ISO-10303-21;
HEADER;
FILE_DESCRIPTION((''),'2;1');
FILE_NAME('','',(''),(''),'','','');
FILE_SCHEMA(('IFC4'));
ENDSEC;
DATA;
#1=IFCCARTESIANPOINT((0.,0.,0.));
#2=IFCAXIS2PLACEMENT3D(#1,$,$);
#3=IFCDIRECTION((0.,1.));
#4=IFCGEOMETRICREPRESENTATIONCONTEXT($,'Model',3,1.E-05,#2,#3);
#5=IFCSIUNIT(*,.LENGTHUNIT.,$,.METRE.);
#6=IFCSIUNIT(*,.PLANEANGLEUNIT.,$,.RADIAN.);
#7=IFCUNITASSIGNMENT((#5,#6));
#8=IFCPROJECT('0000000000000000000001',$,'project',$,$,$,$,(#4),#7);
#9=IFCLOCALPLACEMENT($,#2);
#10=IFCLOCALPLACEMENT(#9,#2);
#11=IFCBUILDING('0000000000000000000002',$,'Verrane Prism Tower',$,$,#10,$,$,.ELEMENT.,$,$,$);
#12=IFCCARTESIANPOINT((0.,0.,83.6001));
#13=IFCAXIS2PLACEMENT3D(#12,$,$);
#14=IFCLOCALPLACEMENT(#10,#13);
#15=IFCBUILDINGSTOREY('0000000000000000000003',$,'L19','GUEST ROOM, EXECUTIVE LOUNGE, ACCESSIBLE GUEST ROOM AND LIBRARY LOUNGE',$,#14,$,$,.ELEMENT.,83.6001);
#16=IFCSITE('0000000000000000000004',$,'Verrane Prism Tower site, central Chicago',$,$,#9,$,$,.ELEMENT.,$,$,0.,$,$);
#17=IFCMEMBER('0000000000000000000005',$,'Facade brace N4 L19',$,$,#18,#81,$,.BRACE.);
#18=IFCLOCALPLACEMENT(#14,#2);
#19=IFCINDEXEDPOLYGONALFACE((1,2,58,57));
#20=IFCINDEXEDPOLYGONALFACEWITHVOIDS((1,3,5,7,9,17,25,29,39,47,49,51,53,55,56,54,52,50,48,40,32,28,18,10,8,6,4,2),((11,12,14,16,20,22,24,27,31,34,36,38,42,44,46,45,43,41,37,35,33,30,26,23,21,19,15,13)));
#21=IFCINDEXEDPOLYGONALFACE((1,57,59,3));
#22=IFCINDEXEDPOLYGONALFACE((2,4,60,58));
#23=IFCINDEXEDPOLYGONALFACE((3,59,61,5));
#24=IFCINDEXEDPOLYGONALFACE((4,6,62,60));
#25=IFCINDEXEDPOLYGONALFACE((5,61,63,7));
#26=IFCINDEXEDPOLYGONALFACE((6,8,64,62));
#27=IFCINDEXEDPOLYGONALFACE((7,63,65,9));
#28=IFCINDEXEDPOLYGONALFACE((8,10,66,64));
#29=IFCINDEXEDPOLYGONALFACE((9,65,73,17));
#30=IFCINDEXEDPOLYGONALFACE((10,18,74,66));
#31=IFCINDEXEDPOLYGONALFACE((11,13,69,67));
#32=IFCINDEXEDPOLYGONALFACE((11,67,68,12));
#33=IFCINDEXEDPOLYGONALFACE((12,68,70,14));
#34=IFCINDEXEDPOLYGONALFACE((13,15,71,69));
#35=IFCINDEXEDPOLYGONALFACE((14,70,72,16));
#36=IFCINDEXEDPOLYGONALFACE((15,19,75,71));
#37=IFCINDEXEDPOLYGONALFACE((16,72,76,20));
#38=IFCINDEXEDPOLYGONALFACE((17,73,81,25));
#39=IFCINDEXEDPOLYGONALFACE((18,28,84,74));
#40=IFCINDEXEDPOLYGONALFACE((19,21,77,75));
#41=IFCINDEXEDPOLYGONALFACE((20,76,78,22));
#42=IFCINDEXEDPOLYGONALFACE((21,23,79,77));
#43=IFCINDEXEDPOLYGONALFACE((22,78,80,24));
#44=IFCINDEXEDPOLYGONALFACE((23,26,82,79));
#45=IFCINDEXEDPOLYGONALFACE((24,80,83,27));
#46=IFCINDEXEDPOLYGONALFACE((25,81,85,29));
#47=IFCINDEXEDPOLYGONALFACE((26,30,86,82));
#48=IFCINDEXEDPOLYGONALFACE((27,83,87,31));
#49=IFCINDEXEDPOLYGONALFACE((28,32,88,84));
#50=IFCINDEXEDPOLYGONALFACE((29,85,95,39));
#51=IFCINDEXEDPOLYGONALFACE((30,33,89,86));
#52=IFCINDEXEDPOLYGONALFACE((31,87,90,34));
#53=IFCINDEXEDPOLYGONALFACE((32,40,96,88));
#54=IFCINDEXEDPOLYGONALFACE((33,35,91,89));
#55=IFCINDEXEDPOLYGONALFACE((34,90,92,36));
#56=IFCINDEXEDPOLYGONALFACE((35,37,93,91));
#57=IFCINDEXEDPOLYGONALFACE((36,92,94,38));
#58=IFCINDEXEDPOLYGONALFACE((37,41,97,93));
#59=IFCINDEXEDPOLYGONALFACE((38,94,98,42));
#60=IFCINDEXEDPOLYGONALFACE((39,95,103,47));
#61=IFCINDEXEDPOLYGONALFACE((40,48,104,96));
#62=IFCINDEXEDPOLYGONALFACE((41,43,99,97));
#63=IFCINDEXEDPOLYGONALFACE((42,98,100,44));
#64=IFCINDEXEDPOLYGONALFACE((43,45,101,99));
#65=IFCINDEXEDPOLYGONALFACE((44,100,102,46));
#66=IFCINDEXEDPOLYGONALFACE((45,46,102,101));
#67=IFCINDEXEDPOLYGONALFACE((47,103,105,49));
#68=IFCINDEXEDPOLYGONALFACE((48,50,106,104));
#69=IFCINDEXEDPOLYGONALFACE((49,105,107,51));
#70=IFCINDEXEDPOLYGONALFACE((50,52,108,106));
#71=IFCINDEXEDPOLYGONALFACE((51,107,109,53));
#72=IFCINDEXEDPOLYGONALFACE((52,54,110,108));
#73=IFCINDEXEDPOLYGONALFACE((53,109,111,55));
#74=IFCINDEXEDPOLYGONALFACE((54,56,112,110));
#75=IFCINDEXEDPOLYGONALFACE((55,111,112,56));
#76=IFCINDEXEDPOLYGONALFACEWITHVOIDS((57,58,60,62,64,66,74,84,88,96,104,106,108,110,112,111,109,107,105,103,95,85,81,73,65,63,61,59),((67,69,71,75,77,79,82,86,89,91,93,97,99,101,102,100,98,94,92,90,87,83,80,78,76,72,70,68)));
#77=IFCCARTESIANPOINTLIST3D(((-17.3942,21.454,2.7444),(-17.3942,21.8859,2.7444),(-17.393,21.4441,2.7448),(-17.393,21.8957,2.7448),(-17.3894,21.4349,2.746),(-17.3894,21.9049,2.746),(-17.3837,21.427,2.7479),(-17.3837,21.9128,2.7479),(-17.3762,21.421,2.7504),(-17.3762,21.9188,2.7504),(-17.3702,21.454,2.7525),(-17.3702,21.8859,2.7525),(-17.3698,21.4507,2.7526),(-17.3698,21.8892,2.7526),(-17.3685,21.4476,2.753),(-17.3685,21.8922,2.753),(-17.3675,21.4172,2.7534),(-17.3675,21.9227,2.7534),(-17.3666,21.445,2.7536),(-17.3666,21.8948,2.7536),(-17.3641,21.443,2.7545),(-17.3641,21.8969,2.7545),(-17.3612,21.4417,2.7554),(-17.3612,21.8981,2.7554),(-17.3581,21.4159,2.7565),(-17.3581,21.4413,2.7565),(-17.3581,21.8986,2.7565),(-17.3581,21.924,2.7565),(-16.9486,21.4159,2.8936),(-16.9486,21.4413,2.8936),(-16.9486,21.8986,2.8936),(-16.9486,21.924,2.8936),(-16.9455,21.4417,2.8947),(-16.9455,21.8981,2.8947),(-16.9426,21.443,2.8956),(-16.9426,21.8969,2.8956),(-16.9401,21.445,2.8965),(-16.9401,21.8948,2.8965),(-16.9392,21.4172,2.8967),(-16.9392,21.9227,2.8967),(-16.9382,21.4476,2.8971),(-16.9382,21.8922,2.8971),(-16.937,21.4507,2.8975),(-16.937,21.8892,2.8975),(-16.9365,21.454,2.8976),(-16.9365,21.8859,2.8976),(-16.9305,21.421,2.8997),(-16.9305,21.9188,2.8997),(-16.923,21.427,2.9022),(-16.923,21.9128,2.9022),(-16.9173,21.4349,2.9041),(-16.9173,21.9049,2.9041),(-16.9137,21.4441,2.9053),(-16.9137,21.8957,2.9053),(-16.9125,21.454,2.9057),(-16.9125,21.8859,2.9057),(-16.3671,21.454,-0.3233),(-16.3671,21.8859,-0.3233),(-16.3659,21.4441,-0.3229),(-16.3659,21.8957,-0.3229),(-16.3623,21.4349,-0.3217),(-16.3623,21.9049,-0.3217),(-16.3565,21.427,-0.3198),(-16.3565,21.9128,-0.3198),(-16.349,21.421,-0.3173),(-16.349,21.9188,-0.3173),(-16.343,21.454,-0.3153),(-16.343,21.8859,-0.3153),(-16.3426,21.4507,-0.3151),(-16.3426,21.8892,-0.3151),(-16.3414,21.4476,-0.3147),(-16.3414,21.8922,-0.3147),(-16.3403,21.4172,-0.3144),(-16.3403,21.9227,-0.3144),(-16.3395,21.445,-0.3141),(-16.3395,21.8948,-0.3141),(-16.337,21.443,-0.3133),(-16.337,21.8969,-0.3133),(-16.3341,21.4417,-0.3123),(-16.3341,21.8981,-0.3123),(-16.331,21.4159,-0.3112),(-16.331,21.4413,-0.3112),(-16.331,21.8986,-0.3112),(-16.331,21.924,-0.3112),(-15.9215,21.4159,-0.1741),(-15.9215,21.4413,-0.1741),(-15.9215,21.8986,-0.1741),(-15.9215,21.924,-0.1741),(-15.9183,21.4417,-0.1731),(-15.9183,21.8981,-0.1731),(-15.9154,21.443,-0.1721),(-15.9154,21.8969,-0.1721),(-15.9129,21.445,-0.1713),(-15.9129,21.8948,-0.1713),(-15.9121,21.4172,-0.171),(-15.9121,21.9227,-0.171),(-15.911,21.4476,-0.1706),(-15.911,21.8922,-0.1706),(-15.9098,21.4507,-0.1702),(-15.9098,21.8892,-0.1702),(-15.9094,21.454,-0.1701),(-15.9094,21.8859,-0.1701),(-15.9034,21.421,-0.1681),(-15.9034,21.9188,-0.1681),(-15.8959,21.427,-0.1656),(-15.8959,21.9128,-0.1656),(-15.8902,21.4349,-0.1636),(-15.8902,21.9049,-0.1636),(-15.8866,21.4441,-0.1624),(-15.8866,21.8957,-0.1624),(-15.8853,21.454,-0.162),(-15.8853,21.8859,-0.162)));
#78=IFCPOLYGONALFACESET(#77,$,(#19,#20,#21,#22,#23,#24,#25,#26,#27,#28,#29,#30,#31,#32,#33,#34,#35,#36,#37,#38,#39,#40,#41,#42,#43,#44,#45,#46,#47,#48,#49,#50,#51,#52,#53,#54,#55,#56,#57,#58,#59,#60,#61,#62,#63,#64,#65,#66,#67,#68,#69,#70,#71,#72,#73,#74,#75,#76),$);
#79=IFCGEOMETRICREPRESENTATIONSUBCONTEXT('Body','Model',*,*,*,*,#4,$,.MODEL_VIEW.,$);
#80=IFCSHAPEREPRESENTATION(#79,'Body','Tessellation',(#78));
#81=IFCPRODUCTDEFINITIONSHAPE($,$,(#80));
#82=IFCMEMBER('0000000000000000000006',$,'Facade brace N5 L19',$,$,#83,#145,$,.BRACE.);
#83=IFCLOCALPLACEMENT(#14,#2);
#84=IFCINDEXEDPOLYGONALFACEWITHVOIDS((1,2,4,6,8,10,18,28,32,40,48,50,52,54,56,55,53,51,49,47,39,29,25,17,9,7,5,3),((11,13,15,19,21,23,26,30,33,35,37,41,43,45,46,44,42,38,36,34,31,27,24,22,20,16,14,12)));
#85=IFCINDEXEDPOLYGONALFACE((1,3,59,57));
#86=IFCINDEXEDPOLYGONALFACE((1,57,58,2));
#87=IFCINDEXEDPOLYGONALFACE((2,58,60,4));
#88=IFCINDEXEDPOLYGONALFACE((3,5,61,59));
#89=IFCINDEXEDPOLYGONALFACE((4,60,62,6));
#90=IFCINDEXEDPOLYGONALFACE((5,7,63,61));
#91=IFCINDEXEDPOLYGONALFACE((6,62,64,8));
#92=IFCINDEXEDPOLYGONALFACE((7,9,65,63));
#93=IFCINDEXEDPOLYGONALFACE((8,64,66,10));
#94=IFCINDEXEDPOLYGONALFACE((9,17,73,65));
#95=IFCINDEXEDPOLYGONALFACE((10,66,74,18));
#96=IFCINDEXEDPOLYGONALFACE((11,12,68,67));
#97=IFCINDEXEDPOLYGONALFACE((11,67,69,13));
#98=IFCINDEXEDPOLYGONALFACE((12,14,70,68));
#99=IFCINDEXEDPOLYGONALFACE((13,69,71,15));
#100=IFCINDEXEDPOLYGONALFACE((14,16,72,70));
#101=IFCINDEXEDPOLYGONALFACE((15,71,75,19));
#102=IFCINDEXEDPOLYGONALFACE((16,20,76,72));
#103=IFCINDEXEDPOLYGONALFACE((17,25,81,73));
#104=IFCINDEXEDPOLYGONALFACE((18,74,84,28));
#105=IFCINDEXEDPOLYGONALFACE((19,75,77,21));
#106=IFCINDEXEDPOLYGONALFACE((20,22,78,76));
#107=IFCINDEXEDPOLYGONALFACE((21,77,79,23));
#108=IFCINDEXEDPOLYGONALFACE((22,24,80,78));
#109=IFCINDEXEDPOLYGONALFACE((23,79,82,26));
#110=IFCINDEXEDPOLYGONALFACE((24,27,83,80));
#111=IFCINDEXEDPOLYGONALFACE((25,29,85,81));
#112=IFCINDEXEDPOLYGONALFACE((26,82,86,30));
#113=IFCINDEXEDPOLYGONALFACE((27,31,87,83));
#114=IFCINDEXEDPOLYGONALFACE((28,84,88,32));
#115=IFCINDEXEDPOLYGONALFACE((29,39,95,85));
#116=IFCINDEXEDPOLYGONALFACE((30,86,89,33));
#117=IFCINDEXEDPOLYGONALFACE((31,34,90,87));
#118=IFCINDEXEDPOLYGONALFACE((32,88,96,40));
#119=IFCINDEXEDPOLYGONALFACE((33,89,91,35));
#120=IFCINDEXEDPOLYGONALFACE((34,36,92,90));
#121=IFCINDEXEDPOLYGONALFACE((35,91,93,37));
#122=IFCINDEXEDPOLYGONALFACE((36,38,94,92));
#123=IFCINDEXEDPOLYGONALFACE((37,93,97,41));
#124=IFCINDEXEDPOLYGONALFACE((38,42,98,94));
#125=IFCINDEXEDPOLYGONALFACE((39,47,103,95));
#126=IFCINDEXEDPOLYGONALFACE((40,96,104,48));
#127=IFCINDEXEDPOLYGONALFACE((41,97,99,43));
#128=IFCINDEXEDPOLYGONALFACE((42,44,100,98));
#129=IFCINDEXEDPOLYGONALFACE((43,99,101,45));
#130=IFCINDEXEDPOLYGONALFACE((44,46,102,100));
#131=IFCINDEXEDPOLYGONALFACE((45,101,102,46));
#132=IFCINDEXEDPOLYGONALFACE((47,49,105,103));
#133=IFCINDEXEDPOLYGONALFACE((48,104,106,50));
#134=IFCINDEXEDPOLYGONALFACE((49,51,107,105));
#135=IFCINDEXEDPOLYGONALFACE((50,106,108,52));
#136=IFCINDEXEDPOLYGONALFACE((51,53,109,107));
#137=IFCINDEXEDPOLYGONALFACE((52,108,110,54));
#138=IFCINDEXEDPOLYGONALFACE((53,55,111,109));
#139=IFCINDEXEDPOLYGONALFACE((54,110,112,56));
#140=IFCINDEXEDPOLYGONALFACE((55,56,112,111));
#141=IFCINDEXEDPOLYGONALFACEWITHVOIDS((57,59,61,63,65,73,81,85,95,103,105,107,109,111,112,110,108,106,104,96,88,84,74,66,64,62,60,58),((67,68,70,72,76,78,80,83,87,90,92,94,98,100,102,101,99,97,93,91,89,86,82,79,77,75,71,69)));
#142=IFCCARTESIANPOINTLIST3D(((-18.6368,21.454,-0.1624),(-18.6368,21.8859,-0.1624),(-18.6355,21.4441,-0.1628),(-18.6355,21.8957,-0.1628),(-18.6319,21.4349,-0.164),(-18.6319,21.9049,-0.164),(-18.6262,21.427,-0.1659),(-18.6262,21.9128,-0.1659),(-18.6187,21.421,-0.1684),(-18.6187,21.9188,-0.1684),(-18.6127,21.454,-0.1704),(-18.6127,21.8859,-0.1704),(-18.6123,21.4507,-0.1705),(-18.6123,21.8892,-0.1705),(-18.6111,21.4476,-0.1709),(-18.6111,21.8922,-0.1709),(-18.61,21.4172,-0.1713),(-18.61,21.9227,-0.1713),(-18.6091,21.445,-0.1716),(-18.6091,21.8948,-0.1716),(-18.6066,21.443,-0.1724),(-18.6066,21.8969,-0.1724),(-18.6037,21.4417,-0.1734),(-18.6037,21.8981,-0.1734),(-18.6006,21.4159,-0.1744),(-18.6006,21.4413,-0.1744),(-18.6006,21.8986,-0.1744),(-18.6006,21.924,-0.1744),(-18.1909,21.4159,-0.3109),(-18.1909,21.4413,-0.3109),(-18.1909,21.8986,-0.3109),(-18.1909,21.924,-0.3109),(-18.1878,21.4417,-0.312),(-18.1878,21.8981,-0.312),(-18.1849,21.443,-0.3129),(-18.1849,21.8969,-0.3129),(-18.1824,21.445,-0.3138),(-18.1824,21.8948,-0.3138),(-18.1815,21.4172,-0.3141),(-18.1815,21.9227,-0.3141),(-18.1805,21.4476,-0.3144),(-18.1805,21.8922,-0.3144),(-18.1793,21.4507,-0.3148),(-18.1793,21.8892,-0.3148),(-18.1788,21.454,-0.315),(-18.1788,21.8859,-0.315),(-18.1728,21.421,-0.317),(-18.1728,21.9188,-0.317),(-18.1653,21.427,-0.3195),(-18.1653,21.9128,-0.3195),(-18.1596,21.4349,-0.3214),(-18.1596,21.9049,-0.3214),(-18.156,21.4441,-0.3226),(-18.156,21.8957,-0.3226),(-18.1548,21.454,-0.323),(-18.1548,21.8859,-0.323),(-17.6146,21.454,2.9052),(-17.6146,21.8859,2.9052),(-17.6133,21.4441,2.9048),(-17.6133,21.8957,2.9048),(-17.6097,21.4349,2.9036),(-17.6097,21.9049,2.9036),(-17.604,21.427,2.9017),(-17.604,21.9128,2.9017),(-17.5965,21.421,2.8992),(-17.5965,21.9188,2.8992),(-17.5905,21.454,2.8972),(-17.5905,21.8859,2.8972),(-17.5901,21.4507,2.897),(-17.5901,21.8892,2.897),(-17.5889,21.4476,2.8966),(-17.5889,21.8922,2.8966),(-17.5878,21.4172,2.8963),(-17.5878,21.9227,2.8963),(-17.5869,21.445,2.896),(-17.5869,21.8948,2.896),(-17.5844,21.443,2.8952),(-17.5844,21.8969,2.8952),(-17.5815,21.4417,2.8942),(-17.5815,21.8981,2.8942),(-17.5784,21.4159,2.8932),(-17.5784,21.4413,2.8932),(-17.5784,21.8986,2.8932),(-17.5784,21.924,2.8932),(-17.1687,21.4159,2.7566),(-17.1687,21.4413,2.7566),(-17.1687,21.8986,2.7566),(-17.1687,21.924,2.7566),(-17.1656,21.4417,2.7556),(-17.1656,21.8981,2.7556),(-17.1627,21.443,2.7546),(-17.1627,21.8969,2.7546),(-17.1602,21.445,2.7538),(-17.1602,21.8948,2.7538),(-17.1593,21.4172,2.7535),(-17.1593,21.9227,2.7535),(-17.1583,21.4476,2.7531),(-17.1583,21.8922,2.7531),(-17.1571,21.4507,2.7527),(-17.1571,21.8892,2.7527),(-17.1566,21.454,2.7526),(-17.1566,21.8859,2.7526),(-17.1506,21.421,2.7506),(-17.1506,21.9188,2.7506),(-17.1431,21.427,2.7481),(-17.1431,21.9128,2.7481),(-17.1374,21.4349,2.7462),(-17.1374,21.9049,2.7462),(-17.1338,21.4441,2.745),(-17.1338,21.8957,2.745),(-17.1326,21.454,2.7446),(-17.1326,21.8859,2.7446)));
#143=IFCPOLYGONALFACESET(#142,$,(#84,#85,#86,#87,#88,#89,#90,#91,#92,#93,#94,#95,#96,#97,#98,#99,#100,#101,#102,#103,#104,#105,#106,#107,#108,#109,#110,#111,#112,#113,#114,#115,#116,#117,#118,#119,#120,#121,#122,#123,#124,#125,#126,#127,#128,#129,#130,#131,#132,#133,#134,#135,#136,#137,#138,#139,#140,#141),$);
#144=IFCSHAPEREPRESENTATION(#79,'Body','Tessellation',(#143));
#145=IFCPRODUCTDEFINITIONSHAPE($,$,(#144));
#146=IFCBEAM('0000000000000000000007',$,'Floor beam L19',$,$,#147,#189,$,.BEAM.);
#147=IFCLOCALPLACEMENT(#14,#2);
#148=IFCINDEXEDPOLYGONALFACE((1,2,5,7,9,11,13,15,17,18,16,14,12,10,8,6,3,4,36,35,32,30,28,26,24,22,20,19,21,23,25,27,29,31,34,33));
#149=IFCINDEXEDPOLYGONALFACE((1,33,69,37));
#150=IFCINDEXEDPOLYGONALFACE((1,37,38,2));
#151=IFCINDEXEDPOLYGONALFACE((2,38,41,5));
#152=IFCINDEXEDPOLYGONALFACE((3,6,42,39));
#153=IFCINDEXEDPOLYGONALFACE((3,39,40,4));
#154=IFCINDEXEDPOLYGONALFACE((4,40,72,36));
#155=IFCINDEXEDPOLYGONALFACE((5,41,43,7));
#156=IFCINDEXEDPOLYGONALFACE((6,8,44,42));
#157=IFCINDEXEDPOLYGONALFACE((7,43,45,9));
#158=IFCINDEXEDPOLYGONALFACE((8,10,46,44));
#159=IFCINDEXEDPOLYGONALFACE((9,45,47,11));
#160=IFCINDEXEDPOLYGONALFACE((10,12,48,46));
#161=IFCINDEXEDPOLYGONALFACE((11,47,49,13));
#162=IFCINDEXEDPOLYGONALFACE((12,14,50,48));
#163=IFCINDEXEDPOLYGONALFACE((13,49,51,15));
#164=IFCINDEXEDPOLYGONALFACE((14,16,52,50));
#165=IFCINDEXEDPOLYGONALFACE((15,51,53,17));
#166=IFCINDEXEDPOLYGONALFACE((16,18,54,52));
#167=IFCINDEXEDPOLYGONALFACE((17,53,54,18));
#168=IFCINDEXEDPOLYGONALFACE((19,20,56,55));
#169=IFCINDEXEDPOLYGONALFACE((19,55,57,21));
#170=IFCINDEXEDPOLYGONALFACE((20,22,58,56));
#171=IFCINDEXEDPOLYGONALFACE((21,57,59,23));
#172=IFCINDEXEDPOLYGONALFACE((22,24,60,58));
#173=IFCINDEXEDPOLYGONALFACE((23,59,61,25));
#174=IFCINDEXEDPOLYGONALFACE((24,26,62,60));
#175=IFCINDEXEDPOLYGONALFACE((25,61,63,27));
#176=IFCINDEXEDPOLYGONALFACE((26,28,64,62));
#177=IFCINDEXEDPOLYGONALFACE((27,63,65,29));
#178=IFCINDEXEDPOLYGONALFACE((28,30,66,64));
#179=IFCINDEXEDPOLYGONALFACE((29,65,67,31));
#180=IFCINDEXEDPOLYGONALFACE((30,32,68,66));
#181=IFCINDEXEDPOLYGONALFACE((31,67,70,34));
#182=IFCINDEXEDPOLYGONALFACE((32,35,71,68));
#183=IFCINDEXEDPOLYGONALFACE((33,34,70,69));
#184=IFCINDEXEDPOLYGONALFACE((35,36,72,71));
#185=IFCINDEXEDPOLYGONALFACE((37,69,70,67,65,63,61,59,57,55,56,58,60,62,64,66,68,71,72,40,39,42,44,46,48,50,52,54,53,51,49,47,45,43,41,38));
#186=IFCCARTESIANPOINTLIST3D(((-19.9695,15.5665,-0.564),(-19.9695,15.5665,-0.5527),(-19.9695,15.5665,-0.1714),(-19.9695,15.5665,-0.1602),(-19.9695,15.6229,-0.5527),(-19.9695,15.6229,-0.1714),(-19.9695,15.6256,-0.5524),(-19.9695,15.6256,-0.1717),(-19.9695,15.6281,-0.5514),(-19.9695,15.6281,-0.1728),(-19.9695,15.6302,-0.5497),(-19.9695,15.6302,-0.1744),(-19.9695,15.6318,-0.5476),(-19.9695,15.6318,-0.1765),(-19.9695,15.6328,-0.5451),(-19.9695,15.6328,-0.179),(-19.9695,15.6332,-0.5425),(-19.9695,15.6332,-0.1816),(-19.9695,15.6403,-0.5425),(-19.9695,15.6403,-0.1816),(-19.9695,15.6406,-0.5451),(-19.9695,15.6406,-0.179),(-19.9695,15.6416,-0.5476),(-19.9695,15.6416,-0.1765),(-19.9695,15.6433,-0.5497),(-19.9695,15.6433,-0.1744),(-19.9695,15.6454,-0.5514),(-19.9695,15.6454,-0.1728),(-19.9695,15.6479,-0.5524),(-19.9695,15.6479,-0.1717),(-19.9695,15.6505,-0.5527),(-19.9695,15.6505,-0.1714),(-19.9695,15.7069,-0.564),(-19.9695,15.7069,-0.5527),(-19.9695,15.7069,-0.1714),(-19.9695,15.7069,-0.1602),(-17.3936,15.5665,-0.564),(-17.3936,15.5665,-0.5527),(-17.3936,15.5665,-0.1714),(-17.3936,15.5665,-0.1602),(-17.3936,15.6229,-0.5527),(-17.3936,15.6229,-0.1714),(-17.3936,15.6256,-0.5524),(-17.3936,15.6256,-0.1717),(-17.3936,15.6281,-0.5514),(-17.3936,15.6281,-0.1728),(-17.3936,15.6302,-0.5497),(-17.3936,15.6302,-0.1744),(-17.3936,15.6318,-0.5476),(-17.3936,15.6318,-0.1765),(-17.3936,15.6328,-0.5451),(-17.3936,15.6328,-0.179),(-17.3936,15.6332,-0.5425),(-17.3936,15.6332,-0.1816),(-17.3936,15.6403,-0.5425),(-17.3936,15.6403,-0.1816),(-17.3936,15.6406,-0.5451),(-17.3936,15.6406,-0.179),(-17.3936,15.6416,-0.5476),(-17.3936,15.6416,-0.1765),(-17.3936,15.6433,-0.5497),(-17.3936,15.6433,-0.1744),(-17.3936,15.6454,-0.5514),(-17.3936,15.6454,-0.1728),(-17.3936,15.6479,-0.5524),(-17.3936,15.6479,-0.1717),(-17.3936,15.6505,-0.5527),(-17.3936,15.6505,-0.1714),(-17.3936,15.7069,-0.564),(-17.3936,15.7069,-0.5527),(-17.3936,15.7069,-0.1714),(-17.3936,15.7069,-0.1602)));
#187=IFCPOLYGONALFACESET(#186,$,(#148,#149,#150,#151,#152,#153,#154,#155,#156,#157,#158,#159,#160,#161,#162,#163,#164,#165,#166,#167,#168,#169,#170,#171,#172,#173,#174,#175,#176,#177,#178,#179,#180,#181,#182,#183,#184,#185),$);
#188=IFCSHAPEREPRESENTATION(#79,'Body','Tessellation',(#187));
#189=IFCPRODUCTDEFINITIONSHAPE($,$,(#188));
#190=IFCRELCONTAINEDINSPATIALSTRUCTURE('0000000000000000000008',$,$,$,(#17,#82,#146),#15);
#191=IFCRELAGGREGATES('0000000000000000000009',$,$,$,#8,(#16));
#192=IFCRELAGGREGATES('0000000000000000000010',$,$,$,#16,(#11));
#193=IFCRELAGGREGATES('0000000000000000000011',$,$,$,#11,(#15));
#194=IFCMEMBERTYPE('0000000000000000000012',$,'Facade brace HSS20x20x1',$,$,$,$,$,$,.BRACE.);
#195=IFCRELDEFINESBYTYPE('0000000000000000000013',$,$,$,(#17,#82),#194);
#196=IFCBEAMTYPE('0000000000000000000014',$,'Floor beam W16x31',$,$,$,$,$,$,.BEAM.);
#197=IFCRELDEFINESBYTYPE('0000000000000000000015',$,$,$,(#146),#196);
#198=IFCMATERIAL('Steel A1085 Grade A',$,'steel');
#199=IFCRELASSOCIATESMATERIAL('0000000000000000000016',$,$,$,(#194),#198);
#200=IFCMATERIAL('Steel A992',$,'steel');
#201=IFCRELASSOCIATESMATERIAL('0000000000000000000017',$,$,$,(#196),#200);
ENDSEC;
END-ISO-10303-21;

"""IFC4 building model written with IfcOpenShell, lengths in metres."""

from ifc_helpers import new_model, si_unit, direction, frame, origin, origin_2d, place, context, subcontext, project, spatial, hollow_rectangle, i_section, extrude, material, material_profile, profile_set, type_object, element, save


model = new_model("IFC4")

# Units and contexts
model_context = context("Model", 3, precision=1e-05, world=origin(), true_north=direction((0.0, 1.0)))
body_context = subcontext(model_context, "Body", "Model", "MODEL_VIEW")
ifc_project = project(units=[si_unit("LENGTHUNIT", "METRE"), si_unit("PLANEANGLEUNIT", "RADIAN")], contexts=[model_context])

# Site, building, storey
site_placement = place(None, origin())
site = spatial("IfcSite", under=ifc_project, at=site_placement, Name="Verrane Prism Tower site, central Chicago", CompositionType="ELEMENT", RefElevation=0.0)
building_placement = place(site_placement, origin())
building = spatial("IfcBuilding", under=site, at=building_placement, Name="Verrane Prism Tower", CompositionType="ELEMENT")
storey_placement = place(building_placement, frame((0.0, 0.0, 83.6001)))
storey = spatial("IfcBuildingStorey", under=building, at=storey_placement, Name="L19", Description="GUEST ROOM, EXECUTIVE LOUNGE, ACCESSIBLE GUEST ROOM AND LIBRARY LOUNGE", CompositionType="ELEMENT", Elevation=83.6001)

# Members
ifc_material_1 = material(Name="Steel A1085 Grade A", Category="steel")
ifc_material_profile_1 = material_profile(ifc_material_1, hollow_rectangle(XDim=0.5081, YDim=0.5081, WallThickness=0.0254, InnerFilletRadius=0.0127, OuterFilletRadius=0.0381, at=origin_2d()), Name="HSS20x20x1")
ifc_profile_set_1 = profile_set([ifc_material_profile_1], Name="Steel A1085 Grade A")
member_type_1 = type_object("IfcMemberType", Name="Facade brace HSS20x20x1", PredefinedType="BRACE", material=ifc_profile_set_1)
member_1_placement = place(storey_placement, frame((-16.1262, 21.6699, -0.2427), z_axis=(-0.317495, 0.0, 0.94826), x_axis=(0.0, -1.0, 0.0)))
element("IfcMember", 1, at=member_1_placement, inside=storey, type_object=member_type_1, Name="Facade brace N4 L19", PredefinedType="BRACE", context=body_context, shape_type="SweptSolid", body=[
    extrude(hollow_rectangle(XDim=0.5081, YDim=0.5081, WallThickness=0.0254, InnerFilletRadius=0.0127, OuterFilletRadius=0.0381, at=origin_2d()), origin(), (0.0, 0.0, 1.0), 3.2351),
])
member_2_placement = place(storey_placement, frame((-18.3958, 21.6699, -0.2427), z_axis=(0.316137, 0.0, 0.948713), x_axis=(0.0, 1.0, 0.0)))
element("IfcMember", 2, at=member_2_placement, inside=storey, type_object=member_type_1, Name="Facade brace N5 L19", PredefinedType="BRACE", context=body_context, shape_type="SweptSolid", body=[
    extrude(hollow_rectangle(XDim=0.5081, YDim=0.5081, WallThickness=0.0254, InnerFilletRadius=0.0127, OuterFilletRadius=0.0381, at=origin_2d()), origin(), (0.0, 0.0, 1.0), 3.2334),
])

# Beam
ifc_material_2 = material(Name="Steel A992", Category="steel")
ifc_material_profile_2 = material_profile(ifc_material_2, i_section(OverallWidth=0.1404, OverallDepth=0.4038, WebThickness=0.0071, FlangeThickness=0.0112, FilletRadius=0.0103, at=origin_2d()), Name="W16x31")
ifc_profile_set_2 = profile_set([ifc_material_profile_2], Name="Steel A992")
beam_type_1 = type_object("IfcBeamType", Name="Floor beam W16x31", PredefinedType="BEAM", material=ifc_profile_set_2)
beam_1_placement = place(storey_placement, frame((-19.9695, 15.6367, -0.3621), z_axis=(1.0, 0.0, 0.0), x_axis=(0.0, 1.0, 0.0)))
element("IfcBeam", 3, at=beam_1_placement, inside=storey, type_object=beam_type_1, Name="Floor beam L19", PredefinedType="BEAM", context=body_context, shape_type="SweptSolid", body=[
    extrude(i_section(OverallWidth=0.1404, OverallDepth=0.4038, WebThickness=0.0071, FlangeThickness=0.0112, FilletRadius=0.0103, at=origin_2d()), origin(), (0.0, 0.0, 1.0), 2.5759),
])

save(model, "model.ifc")
